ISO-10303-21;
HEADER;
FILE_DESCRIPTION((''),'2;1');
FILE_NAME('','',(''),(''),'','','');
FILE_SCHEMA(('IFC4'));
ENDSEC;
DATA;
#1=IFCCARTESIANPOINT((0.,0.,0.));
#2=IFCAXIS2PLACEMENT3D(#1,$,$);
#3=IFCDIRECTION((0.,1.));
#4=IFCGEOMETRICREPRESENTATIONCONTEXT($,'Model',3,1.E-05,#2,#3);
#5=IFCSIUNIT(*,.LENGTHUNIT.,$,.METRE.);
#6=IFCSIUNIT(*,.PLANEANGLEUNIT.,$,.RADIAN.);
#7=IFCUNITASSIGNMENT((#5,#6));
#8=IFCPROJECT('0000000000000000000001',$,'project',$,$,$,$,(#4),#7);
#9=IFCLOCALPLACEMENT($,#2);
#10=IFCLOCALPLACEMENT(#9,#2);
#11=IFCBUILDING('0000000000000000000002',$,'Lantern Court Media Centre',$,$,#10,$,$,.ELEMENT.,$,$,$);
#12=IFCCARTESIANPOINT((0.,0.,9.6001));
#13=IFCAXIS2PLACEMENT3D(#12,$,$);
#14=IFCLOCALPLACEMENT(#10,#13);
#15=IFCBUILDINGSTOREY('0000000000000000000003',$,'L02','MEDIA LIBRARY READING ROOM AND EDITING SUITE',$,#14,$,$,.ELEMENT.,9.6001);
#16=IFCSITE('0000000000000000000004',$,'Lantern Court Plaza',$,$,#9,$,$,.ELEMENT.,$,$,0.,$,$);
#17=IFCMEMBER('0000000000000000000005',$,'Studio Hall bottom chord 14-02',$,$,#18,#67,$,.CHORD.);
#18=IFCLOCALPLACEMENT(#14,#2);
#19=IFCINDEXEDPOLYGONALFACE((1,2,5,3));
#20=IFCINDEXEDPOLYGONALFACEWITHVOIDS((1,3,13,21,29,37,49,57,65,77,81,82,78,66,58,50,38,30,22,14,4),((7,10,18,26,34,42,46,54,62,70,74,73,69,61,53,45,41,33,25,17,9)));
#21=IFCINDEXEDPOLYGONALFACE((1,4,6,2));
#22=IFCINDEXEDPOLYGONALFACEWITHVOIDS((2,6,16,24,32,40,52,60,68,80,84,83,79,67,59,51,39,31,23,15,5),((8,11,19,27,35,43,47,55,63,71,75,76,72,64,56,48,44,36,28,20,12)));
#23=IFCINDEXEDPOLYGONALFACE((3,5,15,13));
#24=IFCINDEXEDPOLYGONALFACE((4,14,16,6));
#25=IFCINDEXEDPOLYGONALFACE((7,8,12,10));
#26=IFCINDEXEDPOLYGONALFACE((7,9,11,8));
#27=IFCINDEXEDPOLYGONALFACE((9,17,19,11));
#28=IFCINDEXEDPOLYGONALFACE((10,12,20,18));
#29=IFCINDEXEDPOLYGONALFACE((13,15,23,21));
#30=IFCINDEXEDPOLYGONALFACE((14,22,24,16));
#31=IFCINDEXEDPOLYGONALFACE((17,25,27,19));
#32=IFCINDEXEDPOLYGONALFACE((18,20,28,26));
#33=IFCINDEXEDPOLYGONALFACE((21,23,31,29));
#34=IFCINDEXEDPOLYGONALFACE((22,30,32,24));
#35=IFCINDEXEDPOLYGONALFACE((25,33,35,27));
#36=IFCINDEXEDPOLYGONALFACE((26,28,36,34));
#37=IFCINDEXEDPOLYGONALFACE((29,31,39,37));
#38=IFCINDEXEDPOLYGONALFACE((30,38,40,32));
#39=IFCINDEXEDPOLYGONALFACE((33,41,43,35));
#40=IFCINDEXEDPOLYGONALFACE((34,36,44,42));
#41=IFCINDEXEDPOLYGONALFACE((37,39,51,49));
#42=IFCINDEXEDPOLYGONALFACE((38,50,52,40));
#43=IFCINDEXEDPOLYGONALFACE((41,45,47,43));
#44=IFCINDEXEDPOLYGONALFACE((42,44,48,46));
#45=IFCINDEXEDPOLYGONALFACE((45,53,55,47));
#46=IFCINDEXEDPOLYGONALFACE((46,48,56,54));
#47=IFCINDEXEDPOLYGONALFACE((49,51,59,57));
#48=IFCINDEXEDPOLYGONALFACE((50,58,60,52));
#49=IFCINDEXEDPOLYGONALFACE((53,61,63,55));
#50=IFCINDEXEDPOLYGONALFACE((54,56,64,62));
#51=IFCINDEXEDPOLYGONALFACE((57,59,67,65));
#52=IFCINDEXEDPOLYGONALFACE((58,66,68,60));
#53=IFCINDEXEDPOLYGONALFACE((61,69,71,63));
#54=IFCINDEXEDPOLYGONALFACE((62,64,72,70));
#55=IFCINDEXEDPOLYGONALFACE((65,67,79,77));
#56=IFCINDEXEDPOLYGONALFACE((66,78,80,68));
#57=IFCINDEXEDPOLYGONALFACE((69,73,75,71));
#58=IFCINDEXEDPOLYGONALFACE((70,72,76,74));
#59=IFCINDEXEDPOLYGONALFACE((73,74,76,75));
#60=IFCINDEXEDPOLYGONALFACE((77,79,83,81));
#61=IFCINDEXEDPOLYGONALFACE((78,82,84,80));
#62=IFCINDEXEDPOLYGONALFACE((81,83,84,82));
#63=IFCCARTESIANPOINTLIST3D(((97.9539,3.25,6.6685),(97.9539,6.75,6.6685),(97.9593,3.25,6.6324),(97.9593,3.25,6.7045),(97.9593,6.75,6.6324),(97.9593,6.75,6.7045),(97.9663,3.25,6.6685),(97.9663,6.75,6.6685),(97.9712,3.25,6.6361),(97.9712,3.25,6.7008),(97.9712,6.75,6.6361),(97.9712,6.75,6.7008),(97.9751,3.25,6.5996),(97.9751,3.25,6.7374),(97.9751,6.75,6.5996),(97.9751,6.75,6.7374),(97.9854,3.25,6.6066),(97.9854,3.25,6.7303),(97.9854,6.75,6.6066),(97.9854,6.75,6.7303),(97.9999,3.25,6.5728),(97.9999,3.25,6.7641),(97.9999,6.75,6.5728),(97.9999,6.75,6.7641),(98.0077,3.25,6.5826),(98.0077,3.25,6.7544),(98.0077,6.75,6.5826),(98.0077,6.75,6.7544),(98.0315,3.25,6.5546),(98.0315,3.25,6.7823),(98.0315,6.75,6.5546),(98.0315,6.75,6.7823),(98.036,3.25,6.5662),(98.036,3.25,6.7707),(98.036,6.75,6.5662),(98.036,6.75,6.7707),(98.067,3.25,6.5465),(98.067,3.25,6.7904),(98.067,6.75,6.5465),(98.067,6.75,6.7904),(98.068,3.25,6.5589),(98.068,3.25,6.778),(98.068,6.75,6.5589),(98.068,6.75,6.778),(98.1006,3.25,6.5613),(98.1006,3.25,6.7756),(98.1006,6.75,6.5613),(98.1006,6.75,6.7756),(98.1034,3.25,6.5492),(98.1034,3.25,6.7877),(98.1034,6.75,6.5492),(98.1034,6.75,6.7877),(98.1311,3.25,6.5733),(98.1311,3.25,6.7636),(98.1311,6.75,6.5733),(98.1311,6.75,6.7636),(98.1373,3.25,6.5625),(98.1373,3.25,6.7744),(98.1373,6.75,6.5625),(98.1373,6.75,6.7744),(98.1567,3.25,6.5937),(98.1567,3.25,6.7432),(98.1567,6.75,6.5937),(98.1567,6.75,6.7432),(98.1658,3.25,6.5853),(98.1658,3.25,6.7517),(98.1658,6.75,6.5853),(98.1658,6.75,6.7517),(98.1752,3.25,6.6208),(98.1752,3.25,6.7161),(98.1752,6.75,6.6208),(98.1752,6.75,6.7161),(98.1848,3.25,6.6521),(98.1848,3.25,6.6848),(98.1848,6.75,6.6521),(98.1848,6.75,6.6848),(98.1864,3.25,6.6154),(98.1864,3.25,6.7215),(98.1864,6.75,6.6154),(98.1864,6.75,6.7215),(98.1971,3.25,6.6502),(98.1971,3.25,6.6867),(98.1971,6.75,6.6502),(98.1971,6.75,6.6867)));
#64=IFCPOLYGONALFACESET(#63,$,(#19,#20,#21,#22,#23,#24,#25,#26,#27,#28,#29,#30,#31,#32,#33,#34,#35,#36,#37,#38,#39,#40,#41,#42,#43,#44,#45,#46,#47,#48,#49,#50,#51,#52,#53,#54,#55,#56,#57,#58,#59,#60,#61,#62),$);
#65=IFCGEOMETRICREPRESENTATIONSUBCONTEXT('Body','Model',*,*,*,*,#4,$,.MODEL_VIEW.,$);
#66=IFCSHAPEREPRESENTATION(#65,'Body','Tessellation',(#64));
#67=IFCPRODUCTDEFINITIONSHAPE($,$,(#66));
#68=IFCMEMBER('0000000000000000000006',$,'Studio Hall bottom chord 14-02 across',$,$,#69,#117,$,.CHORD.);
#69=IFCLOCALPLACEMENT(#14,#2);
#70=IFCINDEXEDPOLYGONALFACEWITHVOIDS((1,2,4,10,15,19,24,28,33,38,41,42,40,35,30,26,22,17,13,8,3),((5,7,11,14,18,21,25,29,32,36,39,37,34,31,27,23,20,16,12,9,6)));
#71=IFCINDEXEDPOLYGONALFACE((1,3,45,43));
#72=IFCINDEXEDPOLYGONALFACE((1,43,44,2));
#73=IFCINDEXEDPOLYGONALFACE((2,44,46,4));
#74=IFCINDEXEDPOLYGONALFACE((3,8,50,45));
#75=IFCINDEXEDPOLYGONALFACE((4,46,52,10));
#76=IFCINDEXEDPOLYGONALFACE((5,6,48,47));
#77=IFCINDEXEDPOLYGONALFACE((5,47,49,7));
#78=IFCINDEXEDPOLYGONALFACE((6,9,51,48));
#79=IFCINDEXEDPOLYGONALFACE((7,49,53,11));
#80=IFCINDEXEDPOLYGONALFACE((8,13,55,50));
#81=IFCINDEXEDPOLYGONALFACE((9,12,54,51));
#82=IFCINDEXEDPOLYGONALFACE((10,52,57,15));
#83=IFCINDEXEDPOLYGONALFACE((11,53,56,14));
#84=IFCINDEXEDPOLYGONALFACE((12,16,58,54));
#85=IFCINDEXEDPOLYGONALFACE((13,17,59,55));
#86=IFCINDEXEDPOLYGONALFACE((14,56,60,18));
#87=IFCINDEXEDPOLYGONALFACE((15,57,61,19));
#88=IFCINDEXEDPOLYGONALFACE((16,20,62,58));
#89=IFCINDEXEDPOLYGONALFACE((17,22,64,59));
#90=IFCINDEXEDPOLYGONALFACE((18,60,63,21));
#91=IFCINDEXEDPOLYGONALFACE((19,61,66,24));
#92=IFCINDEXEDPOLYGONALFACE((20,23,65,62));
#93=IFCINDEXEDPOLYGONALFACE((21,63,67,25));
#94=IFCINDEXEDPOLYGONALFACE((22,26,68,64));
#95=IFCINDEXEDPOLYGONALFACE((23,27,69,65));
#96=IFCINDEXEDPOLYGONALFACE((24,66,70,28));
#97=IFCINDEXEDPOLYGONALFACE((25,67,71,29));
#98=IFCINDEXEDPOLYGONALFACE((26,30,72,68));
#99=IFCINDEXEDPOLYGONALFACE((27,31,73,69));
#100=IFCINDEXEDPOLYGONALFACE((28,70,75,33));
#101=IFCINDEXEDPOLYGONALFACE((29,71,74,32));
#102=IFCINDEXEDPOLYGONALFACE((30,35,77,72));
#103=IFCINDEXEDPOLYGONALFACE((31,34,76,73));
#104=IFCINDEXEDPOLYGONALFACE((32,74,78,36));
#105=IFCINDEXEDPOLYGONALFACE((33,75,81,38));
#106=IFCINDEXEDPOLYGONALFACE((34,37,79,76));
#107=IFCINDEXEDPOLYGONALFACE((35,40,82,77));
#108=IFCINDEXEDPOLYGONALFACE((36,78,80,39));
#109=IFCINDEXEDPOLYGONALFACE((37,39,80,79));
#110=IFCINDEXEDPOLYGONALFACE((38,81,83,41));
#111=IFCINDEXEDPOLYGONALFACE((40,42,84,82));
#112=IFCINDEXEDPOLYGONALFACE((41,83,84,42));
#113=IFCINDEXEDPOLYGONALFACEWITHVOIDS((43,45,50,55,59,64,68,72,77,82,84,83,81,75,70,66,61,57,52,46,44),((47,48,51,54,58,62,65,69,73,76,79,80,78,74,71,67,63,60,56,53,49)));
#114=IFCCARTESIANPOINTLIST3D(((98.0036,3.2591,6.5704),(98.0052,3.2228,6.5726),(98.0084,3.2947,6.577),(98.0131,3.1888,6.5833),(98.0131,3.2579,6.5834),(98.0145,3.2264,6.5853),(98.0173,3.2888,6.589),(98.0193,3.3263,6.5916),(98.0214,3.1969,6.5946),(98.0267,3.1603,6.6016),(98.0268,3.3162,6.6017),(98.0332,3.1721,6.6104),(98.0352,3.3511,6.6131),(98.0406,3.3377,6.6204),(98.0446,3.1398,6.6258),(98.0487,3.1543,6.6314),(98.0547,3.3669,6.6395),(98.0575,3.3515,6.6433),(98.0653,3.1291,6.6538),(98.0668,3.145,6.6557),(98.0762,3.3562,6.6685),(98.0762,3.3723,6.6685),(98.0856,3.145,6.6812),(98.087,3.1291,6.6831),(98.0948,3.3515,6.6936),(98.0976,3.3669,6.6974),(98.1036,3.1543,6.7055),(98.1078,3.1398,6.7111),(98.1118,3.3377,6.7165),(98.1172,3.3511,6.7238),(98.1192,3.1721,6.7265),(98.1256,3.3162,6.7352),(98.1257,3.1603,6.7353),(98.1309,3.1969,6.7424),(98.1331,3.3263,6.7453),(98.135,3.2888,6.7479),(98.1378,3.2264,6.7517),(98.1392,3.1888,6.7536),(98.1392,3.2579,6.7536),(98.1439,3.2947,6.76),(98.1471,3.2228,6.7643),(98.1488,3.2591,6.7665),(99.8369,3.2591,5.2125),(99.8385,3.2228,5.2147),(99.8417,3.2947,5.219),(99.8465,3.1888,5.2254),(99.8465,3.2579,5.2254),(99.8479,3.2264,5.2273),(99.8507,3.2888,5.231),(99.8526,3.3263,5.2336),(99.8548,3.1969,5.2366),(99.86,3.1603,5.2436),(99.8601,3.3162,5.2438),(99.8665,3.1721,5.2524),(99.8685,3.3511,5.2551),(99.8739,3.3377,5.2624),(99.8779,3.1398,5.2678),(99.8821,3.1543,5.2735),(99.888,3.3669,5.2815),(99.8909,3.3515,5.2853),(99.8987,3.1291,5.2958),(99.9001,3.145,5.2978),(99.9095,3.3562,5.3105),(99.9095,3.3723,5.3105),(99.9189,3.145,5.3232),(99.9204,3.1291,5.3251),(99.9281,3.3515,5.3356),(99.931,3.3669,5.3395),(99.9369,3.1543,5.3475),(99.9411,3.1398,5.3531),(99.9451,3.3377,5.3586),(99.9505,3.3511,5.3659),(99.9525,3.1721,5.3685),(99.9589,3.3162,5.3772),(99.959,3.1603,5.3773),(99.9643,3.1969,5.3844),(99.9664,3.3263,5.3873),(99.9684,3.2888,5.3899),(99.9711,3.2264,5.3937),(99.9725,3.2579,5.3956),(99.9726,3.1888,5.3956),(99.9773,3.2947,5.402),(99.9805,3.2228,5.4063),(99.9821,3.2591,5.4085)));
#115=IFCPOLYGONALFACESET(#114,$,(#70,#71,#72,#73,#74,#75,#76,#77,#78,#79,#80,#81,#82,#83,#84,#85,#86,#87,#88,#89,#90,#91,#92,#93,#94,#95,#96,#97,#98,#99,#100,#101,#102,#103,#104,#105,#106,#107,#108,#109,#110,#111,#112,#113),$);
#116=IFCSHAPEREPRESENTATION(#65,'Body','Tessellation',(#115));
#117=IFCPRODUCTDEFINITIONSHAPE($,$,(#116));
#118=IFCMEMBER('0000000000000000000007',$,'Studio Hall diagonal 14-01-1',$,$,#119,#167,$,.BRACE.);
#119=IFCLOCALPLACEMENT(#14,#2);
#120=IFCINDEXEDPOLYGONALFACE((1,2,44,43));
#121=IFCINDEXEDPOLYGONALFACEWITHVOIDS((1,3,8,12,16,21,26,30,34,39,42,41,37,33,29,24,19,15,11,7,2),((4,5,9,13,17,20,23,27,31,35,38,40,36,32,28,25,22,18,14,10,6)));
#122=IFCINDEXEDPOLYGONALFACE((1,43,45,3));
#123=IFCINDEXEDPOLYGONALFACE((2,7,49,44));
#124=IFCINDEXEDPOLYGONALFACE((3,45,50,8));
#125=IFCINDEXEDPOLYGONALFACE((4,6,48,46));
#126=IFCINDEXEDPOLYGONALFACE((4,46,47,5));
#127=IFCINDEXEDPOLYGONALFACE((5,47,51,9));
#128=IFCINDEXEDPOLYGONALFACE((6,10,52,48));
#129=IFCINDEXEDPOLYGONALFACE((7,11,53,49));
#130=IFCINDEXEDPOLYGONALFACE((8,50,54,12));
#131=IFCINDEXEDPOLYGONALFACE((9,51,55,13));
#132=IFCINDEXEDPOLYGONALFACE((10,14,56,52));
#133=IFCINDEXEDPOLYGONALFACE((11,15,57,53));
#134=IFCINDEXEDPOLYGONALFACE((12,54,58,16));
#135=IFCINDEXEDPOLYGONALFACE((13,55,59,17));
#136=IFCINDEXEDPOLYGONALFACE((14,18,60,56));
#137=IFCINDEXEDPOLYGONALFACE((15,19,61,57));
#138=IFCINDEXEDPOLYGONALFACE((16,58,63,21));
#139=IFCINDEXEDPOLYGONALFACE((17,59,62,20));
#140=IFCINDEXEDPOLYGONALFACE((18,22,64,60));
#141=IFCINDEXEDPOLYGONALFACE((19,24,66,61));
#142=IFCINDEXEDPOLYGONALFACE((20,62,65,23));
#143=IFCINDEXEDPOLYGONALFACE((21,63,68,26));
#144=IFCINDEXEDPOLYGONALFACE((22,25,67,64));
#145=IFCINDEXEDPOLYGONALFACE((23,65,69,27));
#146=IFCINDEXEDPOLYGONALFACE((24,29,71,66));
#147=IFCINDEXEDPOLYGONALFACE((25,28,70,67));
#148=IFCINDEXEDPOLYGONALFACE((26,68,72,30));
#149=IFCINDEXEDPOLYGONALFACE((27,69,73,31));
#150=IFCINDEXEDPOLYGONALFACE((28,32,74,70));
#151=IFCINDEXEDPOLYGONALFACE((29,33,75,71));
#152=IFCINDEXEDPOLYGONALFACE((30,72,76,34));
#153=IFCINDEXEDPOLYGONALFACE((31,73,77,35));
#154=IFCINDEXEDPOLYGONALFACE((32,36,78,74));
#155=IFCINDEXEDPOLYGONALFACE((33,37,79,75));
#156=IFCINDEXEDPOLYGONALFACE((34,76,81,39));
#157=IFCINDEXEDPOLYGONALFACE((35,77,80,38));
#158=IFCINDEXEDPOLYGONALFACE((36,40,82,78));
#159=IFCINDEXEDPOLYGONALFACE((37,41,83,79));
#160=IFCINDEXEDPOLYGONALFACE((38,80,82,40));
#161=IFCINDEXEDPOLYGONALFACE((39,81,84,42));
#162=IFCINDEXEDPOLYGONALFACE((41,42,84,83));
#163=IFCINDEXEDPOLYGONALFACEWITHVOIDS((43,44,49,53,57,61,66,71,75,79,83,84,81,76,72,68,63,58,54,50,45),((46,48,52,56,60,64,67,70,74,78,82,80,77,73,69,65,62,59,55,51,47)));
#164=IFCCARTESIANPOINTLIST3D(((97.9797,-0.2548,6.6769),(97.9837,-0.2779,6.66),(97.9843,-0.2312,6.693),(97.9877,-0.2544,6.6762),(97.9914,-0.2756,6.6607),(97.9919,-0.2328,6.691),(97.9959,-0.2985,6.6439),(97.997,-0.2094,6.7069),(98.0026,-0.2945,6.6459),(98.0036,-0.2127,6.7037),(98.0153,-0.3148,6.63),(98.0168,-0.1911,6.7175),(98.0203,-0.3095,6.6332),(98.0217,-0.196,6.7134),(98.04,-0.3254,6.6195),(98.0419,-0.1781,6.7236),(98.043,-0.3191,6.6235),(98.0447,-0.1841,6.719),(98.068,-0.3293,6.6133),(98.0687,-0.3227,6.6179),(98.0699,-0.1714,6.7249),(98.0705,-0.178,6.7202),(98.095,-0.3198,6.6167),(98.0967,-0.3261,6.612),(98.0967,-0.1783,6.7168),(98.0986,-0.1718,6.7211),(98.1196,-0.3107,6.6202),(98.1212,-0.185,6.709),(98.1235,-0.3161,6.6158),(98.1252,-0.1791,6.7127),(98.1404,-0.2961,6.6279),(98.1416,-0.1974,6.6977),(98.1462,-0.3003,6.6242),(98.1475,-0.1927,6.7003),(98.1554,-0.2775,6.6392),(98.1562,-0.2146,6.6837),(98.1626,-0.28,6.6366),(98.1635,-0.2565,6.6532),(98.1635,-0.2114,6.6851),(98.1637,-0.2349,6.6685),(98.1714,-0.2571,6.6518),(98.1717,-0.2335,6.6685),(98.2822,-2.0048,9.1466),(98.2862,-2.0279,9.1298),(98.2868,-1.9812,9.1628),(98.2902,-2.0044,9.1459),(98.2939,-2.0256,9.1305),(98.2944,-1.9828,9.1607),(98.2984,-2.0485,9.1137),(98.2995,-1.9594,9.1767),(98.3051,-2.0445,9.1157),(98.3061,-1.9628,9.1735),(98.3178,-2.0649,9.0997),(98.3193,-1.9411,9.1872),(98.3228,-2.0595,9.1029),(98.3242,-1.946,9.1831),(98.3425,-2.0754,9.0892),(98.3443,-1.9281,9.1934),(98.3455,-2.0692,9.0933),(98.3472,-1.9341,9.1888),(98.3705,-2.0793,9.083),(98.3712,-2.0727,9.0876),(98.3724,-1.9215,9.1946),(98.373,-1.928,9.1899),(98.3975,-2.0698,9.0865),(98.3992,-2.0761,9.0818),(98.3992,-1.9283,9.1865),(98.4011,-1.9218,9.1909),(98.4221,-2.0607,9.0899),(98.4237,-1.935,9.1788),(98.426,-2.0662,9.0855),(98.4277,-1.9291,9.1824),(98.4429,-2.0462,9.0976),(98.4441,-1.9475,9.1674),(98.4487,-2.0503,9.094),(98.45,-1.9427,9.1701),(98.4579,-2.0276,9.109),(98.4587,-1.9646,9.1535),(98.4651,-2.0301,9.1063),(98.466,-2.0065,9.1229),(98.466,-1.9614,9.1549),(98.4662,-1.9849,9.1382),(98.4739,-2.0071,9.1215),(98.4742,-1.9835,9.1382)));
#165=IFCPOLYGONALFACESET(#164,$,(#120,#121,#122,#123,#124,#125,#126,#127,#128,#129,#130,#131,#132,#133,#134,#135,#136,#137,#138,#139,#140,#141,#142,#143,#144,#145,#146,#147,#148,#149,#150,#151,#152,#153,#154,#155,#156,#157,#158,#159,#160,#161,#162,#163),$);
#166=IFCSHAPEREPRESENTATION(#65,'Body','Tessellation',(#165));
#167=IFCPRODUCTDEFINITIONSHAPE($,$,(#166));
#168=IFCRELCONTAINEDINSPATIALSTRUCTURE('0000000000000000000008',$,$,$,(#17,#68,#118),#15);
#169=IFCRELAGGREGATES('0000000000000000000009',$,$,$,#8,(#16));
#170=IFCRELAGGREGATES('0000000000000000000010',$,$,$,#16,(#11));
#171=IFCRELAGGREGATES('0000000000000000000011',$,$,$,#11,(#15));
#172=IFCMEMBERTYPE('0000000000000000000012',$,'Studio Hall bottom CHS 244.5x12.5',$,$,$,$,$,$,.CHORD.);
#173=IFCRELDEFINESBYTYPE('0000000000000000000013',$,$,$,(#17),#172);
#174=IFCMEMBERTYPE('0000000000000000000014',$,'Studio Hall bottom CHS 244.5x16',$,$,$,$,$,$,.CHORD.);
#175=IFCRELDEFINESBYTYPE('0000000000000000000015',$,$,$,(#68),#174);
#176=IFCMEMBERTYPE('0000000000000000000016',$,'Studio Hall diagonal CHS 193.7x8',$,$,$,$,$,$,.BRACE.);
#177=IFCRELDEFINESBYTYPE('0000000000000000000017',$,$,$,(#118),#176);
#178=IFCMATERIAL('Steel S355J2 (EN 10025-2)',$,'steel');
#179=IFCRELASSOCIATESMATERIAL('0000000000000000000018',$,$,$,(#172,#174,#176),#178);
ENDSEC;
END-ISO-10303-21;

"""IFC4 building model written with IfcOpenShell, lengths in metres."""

from ifc_helpers import new_model, si_unit, direction, frame, origin, origin_2d, place, context, subcontext, project, spatial, hollow_circle, extrude, material, material_profile, profile_set, type_object, element, save


model = new_model("IFC4")

# Units and contexts
model_context = context("Model", 3, precision=1e-05, world=origin(), true_north=direction((0.0, 1.0)))
body_context = subcontext(model_context, "Body", "Model", "MODEL_VIEW")
ifc_project = project(units=[si_unit("LENGTHUNIT", "METRE"), si_unit("PLANEANGLEUNIT", "RADIAN")], contexts=[model_context])

# Site, building, storey
site_placement = place(None, origin())
site = spatial("IfcSite", under=ifc_project, at=site_placement, Name="Lantern Court Plaza", CompositionType="ELEMENT", RefElevation=0.0)
building_placement = place(site_placement, origin())
building = spatial("IfcBuilding", under=site, at=building_placement, Name="Lantern Court Media Centre", CompositionType="ELEMENT")
storey_placement = place(building_placement, frame((0.0, 0.0, 9.6001)))
storey = spatial("IfcBuildingStorey", under=building, at=storey_placement, Name="L02", Description="MEDIA LIBRARY READING ROOM AND EDITING SUITE", CompositionType="ELEMENT", Elevation=9.6001)

# Members
ifc_material = material(Name="Steel S355J2 (EN 10025-2)", Category="steel")
ifc_material_profile_1 = material_profile(ifc_material, hollow_circle(Radius=0.1223, WallThickness=0.0125, at=origin_2d()), Name="Studio Hall bottom CHS 244.5x12.5")
ifc_profile_set_1 = profile_set([ifc_material_profile_1], Name="Steel S355J2 (EN 10025-2)")
member_type_1 = type_object("IfcMemberType", Name="Studio Hall bottom CHS 244.5x12.5", PredefinedType="CHORD", material=ifc_profile_set_1)
member_1_placement = place(storey_placement, frame((98.0762, 3.25, 6.6685), z_axis=(0.0, 1.0, 0.0), x_axis=(-1.0, 0.0, 0.0)))
element("IfcMember", 1, at=member_1_placement, inside=storey, type_object=member_type_1, Name="Studio Hall bottom chord 14-02", PredefinedType="CHORD", context=body_context, shape_type="SweptSolid", body=[
    extrude(hollow_circle(Radius=0.1223, WallThickness=0.0125, at=origin_2d()), origin(), (0.0, 0.0, 1.0), 3.5),
])
ifc_material_profile_2 = material_profile(ifc_material, hollow_circle(Radius=0.1223, WallThickness=0.0161, at=origin_2d()), Name="Studio Hall bottom CHS 244.5x16")
ifc_profile_set_2 = profile_set([ifc_material_profile_2], Name="Steel S355J2 (EN 10025-2)")
member_type_2 = type_object("IfcMemberType", Name="Studio Hall bottom CHS 244.5x16", PredefinedType="CHORD", material=ifc_profile_set_2)
member_2_placement = place(storey_placement, frame((98.0762, 3.25, 6.6685), z_axis=(0.803569, 0.0, -0.595212), x_axis=(0.0, 1.0, 0.0)))
element("IfcMember", 2, at=member_2_placement, inside=storey, type_object=member_type_2, Name="Studio Hall bottom chord 14-02 across", PredefinedType="CHORD", context=body_context, shape_type="SweptSolid", body=[
    extrude(hollow_circle(Radius=0.1223, WallThickness=0.0161, at=origin_2d()), origin(), (0.0, 0.0, 1.0), 2.2815),
])
ifc_material_profile_3 = material_profile(ifc_material, hollow_circle(Radius=0.0969, WallThickness=0.0081, at=origin_2d()), Name="Studio Hall diagonal CHS 193.7x8")
ifc_profile_set_3 = profile_set([ifc_material_profile_3], Name="Steel S355J2 (EN 10025-2)")
member_type_3 = type_object("IfcMemberType", Name="Studio Hall diagonal CHS 193.7x8", PredefinedType="BRACE", material=ifc_profile_set_3)
for number, where, z_axis, x_axis, name in (
    (3, (98.0762, -0.25, 6.6685), (0.099439, -0.575286, 0.811885), (0.985388, 0.170326, 0.0), "Studio Hall diagonal 14-01-1"),
):
    element("IfcMember", number, at=place(storey_placement, frame(where, z_axis=z_axis, x_axis=x_axis)), inside=storey, type_object=member_type_3, Name=name, PredefinedType="BRACE", context=body_context, shape_type="SweptSolid", body=[
        extrude(hollow_circle(Radius=0.0969, WallThickness=0.0081, at=origin_2d()), origin(), (0.0, 0.0, 1.0), 3.042),
    ])

save(model, "model.ifc")
